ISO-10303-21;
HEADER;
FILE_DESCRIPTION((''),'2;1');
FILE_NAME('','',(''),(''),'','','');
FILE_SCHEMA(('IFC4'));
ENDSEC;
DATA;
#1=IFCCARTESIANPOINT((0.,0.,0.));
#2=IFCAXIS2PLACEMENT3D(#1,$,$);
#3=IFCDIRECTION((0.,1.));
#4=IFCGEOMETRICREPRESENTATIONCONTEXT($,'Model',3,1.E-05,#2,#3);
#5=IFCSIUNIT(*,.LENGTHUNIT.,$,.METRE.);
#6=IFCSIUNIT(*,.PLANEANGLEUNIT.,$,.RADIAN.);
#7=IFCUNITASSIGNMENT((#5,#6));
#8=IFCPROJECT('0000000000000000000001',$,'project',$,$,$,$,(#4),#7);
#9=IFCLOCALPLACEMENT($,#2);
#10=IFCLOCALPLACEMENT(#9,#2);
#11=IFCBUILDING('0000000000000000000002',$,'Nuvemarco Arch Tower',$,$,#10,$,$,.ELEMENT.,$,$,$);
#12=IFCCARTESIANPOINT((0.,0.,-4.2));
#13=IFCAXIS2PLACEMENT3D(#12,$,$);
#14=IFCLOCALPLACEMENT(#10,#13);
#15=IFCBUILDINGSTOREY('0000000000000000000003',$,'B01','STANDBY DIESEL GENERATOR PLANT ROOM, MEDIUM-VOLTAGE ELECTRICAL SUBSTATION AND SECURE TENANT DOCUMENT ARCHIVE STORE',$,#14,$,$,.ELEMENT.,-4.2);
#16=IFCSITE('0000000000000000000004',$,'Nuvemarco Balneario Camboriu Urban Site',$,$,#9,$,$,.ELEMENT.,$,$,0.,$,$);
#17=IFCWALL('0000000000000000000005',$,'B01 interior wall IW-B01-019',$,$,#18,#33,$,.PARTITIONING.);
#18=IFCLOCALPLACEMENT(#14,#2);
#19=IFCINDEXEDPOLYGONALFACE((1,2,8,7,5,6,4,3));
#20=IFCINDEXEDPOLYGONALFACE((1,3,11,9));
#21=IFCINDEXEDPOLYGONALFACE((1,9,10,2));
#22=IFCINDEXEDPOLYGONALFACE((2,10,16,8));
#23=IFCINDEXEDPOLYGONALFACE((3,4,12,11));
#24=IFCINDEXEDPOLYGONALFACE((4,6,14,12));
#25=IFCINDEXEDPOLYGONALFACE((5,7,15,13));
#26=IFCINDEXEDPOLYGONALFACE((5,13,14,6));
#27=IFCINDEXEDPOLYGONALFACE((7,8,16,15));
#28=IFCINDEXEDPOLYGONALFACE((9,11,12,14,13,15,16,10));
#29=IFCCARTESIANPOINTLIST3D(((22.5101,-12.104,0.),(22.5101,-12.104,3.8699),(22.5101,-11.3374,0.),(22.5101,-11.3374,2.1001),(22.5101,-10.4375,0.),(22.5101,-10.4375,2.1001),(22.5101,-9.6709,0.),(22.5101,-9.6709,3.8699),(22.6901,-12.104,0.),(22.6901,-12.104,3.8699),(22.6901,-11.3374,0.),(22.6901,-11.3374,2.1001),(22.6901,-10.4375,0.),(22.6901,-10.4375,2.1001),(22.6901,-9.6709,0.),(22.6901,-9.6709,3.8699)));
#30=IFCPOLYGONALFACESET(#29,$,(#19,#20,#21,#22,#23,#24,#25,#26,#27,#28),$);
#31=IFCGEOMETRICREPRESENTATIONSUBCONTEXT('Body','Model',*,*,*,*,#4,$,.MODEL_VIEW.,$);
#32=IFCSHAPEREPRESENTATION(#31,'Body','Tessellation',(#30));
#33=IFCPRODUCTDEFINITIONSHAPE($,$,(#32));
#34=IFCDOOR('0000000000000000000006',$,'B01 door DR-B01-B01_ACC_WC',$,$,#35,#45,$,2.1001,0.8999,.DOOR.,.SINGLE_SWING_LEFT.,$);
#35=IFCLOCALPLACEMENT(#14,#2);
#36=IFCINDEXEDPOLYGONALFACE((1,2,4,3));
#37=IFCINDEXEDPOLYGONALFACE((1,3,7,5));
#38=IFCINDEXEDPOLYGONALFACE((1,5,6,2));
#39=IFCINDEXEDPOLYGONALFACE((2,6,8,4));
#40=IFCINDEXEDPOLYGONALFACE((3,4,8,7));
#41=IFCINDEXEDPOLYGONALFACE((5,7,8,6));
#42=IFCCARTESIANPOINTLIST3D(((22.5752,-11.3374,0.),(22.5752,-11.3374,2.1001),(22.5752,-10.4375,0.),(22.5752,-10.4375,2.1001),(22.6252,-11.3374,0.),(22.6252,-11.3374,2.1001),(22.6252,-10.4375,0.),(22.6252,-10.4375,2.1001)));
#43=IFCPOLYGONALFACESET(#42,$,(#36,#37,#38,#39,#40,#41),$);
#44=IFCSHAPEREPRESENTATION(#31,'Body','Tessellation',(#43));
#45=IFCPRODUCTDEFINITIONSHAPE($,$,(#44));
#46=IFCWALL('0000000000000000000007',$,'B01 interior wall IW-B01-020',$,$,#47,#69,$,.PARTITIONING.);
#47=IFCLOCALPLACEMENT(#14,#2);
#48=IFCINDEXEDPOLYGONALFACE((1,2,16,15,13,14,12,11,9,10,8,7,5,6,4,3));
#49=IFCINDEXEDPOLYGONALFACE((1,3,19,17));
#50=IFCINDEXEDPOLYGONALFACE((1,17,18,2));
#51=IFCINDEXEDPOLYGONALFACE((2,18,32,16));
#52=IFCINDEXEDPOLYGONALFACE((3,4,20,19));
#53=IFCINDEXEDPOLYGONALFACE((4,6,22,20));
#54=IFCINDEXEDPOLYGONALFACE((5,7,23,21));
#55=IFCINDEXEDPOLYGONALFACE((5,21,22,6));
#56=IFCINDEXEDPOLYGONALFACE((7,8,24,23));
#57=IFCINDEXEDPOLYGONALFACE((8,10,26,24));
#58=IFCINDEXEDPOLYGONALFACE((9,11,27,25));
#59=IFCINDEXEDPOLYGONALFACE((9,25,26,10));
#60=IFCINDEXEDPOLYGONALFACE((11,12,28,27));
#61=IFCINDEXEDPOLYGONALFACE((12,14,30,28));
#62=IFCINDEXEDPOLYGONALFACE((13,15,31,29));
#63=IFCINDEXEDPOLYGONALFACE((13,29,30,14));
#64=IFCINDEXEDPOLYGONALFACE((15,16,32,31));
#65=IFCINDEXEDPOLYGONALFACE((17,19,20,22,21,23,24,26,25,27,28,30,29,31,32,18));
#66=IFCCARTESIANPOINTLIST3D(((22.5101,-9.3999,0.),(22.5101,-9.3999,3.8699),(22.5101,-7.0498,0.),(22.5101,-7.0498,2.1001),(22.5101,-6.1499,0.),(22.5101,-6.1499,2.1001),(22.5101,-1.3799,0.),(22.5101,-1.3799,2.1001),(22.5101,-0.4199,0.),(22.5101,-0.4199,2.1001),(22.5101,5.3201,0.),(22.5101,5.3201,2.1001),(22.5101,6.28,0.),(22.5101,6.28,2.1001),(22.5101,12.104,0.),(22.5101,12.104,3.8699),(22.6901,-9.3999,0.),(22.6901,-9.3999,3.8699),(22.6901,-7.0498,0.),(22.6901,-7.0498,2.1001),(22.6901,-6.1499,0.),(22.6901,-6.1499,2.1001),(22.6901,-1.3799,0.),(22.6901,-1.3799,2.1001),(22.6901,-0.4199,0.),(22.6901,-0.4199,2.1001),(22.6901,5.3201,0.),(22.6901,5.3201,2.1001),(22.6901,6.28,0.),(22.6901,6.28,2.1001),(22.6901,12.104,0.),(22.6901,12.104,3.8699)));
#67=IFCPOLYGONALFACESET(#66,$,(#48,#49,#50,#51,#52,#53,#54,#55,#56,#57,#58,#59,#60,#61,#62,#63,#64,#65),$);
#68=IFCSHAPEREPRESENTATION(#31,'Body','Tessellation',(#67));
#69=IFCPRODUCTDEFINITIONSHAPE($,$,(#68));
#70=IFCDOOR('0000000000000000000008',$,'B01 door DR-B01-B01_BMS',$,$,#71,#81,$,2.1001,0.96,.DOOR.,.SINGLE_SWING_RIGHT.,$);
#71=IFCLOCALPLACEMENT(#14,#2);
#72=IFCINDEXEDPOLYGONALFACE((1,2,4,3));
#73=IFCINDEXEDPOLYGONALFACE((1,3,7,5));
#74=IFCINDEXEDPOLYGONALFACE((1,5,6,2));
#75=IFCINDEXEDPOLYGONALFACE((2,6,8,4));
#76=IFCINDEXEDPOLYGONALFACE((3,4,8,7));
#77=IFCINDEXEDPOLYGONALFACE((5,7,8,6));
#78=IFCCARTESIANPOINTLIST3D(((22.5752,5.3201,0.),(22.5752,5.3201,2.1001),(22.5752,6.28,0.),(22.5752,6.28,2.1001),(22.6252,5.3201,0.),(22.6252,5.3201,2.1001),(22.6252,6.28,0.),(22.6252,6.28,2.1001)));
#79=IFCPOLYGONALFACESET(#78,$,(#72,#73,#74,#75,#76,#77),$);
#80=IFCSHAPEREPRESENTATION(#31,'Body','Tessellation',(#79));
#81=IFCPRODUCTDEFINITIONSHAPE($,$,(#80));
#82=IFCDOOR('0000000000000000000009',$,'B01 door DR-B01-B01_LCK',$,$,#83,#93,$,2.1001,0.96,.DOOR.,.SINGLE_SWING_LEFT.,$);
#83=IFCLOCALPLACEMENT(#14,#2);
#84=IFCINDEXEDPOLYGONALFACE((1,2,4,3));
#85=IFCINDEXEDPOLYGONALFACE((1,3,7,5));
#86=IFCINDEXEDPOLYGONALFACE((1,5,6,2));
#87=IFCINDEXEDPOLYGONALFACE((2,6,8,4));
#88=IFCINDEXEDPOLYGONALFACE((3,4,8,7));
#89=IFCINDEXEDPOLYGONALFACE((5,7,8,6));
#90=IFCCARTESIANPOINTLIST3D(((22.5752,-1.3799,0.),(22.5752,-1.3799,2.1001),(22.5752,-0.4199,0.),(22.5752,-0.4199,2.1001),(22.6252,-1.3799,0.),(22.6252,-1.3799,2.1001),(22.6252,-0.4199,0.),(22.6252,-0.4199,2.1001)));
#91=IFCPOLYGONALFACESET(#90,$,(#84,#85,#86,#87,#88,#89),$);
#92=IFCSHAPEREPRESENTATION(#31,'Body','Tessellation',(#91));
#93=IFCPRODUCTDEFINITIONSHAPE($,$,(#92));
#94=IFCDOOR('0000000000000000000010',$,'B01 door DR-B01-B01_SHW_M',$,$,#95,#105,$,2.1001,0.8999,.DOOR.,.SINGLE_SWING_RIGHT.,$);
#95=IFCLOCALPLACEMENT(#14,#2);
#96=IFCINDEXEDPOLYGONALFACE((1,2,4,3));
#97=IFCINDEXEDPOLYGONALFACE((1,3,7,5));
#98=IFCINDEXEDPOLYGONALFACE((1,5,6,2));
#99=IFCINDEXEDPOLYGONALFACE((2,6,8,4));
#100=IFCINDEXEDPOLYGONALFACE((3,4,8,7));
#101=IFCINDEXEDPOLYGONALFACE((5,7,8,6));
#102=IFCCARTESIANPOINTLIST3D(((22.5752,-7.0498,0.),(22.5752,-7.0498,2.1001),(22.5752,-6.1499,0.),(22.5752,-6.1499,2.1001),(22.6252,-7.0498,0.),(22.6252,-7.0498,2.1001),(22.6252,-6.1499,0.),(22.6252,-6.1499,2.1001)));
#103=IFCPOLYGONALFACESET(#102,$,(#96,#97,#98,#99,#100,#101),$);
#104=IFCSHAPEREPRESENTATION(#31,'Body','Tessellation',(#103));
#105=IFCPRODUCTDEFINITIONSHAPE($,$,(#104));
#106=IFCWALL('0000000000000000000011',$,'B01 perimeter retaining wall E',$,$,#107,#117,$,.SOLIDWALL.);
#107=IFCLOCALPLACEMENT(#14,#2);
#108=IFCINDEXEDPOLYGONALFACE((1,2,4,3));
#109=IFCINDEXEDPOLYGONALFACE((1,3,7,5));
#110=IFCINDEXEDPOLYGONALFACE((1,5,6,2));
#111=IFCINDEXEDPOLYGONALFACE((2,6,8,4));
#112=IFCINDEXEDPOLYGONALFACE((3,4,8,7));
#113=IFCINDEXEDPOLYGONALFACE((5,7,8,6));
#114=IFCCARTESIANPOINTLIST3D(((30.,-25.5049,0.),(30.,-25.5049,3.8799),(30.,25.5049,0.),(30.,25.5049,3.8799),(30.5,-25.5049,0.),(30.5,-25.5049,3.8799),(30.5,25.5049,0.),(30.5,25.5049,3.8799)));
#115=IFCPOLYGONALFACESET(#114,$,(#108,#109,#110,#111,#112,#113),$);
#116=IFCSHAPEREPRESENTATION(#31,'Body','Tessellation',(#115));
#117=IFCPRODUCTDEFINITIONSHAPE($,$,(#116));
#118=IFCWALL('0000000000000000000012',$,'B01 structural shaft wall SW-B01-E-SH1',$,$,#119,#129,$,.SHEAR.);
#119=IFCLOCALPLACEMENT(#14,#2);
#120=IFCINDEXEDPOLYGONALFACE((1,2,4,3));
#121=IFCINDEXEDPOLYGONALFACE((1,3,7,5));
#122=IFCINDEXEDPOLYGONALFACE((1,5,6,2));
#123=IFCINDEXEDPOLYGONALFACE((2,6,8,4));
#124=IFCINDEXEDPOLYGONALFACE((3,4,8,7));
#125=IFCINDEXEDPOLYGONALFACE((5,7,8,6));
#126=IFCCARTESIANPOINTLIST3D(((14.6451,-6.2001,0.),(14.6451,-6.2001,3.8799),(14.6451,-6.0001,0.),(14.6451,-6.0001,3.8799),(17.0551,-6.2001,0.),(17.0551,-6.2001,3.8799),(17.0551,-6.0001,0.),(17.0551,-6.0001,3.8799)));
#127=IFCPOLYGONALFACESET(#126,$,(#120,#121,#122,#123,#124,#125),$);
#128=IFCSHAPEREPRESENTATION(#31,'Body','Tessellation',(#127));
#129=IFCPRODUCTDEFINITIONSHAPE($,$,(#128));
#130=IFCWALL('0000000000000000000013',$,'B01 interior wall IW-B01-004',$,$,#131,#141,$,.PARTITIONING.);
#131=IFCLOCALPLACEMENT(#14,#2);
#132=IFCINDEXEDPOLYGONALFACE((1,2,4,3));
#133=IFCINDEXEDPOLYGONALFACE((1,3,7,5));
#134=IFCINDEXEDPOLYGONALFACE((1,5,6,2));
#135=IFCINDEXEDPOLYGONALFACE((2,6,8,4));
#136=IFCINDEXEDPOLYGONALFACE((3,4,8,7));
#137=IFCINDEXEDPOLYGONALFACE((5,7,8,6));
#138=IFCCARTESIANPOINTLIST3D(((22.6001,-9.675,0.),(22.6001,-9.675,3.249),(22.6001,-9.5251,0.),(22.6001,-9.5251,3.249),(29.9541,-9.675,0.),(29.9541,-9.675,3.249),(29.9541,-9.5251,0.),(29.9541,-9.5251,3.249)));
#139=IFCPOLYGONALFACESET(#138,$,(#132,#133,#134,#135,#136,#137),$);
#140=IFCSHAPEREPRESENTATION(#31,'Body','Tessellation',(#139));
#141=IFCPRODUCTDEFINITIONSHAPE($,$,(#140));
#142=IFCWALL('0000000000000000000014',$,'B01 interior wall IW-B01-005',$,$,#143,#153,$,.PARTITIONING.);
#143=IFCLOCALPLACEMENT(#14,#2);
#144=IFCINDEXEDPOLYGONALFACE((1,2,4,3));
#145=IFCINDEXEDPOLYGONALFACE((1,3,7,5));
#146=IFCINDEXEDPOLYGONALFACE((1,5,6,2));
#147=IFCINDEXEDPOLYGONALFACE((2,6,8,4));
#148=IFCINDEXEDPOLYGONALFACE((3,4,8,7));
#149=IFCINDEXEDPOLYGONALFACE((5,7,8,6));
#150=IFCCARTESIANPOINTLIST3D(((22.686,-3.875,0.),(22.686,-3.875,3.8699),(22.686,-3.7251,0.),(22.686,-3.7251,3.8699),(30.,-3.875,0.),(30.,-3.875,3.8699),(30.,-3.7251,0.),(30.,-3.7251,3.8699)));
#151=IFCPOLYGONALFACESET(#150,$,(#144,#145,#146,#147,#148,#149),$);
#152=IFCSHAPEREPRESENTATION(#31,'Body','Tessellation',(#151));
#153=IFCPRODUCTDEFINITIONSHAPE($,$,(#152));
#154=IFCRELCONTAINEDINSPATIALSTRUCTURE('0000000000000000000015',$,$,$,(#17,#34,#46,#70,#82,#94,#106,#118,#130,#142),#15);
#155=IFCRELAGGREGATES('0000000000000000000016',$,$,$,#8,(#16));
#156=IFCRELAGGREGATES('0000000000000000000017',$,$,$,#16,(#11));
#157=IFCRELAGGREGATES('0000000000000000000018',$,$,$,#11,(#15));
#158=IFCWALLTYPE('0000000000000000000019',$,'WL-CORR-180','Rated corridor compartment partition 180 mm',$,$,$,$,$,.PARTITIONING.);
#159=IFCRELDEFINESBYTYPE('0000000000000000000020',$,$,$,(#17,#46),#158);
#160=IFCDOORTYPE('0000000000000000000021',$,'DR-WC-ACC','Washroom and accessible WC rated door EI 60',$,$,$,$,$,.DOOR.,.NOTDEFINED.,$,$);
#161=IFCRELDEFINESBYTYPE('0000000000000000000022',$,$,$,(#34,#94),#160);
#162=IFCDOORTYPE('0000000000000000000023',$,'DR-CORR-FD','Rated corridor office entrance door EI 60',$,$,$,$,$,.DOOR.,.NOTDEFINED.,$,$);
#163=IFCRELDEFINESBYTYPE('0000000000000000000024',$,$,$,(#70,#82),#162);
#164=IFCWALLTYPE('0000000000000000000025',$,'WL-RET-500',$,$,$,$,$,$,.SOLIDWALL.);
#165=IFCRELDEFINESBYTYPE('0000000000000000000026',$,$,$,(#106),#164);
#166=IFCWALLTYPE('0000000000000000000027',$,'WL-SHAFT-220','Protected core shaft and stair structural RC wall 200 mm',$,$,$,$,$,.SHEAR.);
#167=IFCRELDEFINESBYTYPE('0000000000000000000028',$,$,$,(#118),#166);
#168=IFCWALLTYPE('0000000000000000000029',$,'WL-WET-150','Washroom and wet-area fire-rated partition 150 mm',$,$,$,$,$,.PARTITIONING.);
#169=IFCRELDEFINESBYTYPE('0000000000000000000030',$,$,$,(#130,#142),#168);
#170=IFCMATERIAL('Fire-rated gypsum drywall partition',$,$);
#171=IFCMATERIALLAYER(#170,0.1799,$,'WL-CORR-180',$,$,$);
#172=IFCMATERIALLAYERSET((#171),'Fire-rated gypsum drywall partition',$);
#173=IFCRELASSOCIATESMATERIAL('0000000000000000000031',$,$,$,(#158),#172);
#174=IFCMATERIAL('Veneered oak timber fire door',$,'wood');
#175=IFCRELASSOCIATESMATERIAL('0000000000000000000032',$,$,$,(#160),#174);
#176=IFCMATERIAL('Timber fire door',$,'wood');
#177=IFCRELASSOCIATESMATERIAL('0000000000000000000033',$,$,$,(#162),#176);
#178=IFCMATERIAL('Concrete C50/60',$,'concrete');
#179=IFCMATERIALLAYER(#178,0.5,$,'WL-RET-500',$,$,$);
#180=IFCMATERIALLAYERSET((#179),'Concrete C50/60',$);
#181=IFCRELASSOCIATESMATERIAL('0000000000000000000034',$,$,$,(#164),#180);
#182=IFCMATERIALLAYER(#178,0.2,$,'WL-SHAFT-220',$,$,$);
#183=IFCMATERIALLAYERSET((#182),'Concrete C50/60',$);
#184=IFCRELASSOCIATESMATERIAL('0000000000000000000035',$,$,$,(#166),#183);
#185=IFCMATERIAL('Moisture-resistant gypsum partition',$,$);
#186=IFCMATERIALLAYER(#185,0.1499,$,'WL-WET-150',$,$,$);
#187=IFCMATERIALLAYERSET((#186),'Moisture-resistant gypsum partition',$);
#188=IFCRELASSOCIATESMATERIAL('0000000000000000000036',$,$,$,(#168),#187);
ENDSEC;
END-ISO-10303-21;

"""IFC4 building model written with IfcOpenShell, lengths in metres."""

from ifc_helpers import new_model, si_unit, direction, frame, frame_2d, origin, place, context, subcontext, project, spatial, rectangle, extrude, source, transform, mapped, material, layer, layer_set, type_object, type_shapes, element, fill, save


model = new_model("IFC4")

# Units and contexts
model_context = context("Model", 3, precision=1e-05, world=origin(), true_north=direction((0.0, 1.0)))
body_context = subcontext(model_context, "Body", "Model", "MODEL_VIEW")
ifc_project = project(units=[si_unit("LENGTHUNIT", "METRE"), si_unit("PLANEANGLEUNIT", "RADIAN")], contexts=[model_context])

# Site, building, storey
site_placement = place(None, origin())
site = spatial("IfcSite", under=ifc_project, at=site_placement, Name="Nuvemarco Balneario Camboriu Urban Site", CompositionType="ELEMENT", RefElevation=0.0)
building_placement = place(site_placement, origin())
building = spatial("IfcBuilding", under=site, at=building_placement, Name="Nuvemarco Arch Tower", CompositionType="ELEMENT")
storey_placement = place(building_placement, frame((0.0, 0.0, -4.2)))
storey = spatial("IfcBuildingStorey", under=building, at=storey_placement, Name="B01", Description="STANDBY DIESEL GENERATOR PLANT ROOM, MEDIUM-VOLTAGE ELECTRICAL SUBSTATION AND SECURE TENANT DOCUMENT ARCHIVE STORE", CompositionType="ELEMENT", Elevation=-4.2)

# Shared definitions
ifc_material_1 = material(Name="Concrete C50/60", Category="concrete")

# Wall, opening, door
ifc_material_2 = material(Name="Fire-rated gypsum drywall partition")
ifc_layer_1 = layer(ifc_material_2, 0.1799, Name="WL-CORR-180")
ifc_layer_set_1 = layer_set([ifc_layer_1], Name="Fire-rated gypsum drywall partition")
wall_type_1 = type_object("IfcWallType", Name="WL-CORR-180", Description="Rated corridor compartment partition 180 mm", PredefinedType="PARTITIONING", material=ifc_layer_set_1)
wall_1_placement = place(storey_placement, frame((22.6001, -12.104, 0.0), z_axis=(0.0, 0.0, 1.0), x_axis=(0.0, 1.0, 0.0)))
wall_1 = element("IfcWall", 1, at=wall_1_placement, inside=storey, type_object=wall_type_1, Name="B01 interior wall IW-B01-019", PredefinedType="PARTITIONING", context=body_context, shape_type="SweptSolid", body=[
    extrude(rectangle(XDim=2.4331, YDim=0.1799, at=frame_2d((1.2166, 0.0))), origin(), (0.0, 0.0, 1.0), 3.8699),
])
opening_1_placement = place(wall_1_placement, frame((0.7666, 0.0, 0.0)))
opening_1 = element("IfcOpeningElement", 2, at=opening_1_placement, cuts=wall_1, PredefinedType="OPENING", context=body_context, shape_type="SweptSolid", body=[
    extrude(rectangle(XDim=0.8999, YDim=2.1001, at=frame_2d((0.45, 1.05))), frame((0.0, 0.0999, 0.0), z_axis=(0.0, -1.0, 0.0), x_axis=(1.0, 0.0, 0.0)), (0.0, 0.0, 1.0), 0.2),
])
ifc_material_3 = material(Name="Veneered oak timber fire door", Category="wood")
door_type_1 = type_object("IfcDoorType", Name="DR-WC-ACC", Description="Washroom and accessible WC rated door EI 60", OperationType="NOTDEFINED", PredefinedType="DOOR", material=ifc_material_3)
shared_shape_1 = source(origin(), body_context, "Body", "SweptSolid", [
    extrude(rectangle(XDim=0.8999, YDim=2.1001, at=frame_2d((0.45, 1.05))), frame((0.0, 0.0249, 0.0), z_axis=(0.0, -1.0, 0.0), x_axis=(1.0, 0.0, 0.0)), (0.0, 0.0, 1.0), 0.05),
])
type_shapes(door_type_1, [shared_shape_1])
door_1_placement = place(opening_1_placement, origin())
door_1 = element("IfcDoor", 3, at=door_1_placement, inside=storey, type_object=door_type_1, Name="B01 door DR-B01-B01_ACC_WC", OperationType="SINGLE_SWING_LEFT", OverallHeight=2.1001, OverallWidth=0.8999, PredefinedType="DOOR", context=body_context, shape_type="MappedRepresentation", body=[
    mapped(shared_shape_1, transform((0.0, 0.0, 0.0), scale=1.0)),
])
fill(opening_1, door_1)

# Wall, openings, doors
wall_2_placement = place(storey_placement, frame((22.6001, -9.3999, 0.0), z_axis=(0.0, 0.0, 1.0), x_axis=(0.0, 1.0, 0.0)))
wall_2 = element("IfcWall", 4, at=wall_2_placement, inside=storey, type_object=wall_type_1, Name="B01 interior wall IW-B01-020", PredefinedType="PARTITIONING", context=body_context, shape_type="SweptSolid", body=[
    extrude(rectangle(XDim=21.5039, YDim=0.1799, at=frame_2d((10.752, 0.0))), origin(), (0.0, 0.0, 1.0), 3.8699),
])
opening_2_placement = place(wall_2_placement, frame((14.72, 0.0, 0.0)))
opening_2 = element("IfcOpeningElement", 5, at=opening_2_placement, cuts=wall_2, PredefinedType="OPENING", context=body_context, shape_type="SweptSolid", body=[
    extrude(rectangle(XDim=0.96, YDim=2.1001, at=frame_2d((0.48, 1.05))), frame((0.0, 0.0999, 0.0), z_axis=(0.0, -1.0, 0.0), x_axis=(1.0, 0.0, 0.0)), (0.0, 0.0, 1.0), 0.2),
])
opening_3_placement = place(wall_2_placement, frame((8.02, 0.0, 0.0)))
opening_3 = element("IfcOpeningElement", 6, at=opening_3_placement, cuts=wall_2, PredefinedType="OPENING", context=body_context, shape_type="SweptSolid", body=[
    extrude(rectangle(XDim=0.96, YDim=2.1001, at=frame_2d((0.48, 1.05))), frame((0.0, 0.0999, 0.0), z_axis=(0.0, -1.0, 0.0), x_axis=(1.0, 0.0, 0.0)), (0.0, 0.0, 1.0), 0.2),
])
opening_4_placement = place(wall_2_placement, frame((2.3501, 0.0, 0.0)))
opening_4 = element("IfcOpeningElement", 7, at=opening_4_placement, cuts=wall_2, PredefinedType="OPENING", context=body_context, shape_type="SweptSolid", body=[
    extrude(rectangle(XDim=0.8999, YDim=2.1001, at=frame_2d((0.45, 1.05))), frame((0.0, 0.0999, 0.0), z_axis=(0.0, -1.0, 0.0), x_axis=(1.0, 0.0, 0.0)), (0.0, 0.0, 1.0), 0.2),
])
ifc_material_4 = material(Name="Timber fire door", Category="wood")
door_type_2 = type_object("IfcDoorType", Name="DR-CORR-FD", Description="Rated corridor office entrance door EI 60", OperationType="NOTDEFINED", PredefinedType="DOOR", material=ifc_material_4)
shared_shape_2 = source(origin(), body_context, "Body", "SweptSolid", [
    extrude(rectangle(XDim=0.96, YDim=2.1001, at=frame_2d((0.48, 1.05))), frame((0.0, 0.0249, 0.0), z_axis=(0.0, -1.0, 0.0), x_axis=(1.0, 0.0, 0.0)), (0.0, 0.0, 1.0), 0.05),
])
type_shapes(door_type_2, [shared_shape_2])
door_2_placement = place(opening_2_placement, origin())
door_2 = element("IfcDoor", 8, at=door_2_placement, inside=storey, type_object=door_type_2, Name="B01 door DR-B01-B01_BMS", OperationType="SINGLE_SWING_RIGHT", OverallHeight=2.1001, OverallWidth=0.96, PredefinedType="DOOR", context=body_context, shape_type="MappedRepresentation", body=[
    mapped(shared_shape_2, transform((0.0, 0.0, 0.0), scale=1.0)),
])
fill(opening_2, door_2)
door_3_placement = place(opening_3_placement, origin())
door_3 = element("IfcDoor", 9, at=door_3_placement, inside=storey, type_object=door_type_2, Name="B01 door DR-B01-B01_LCK", OperationType="SINGLE_SWING_LEFT", OverallHeight=2.1001, OverallWidth=0.96, PredefinedType="DOOR", context=body_context, shape_type="MappedRepresentation", body=[
    mapped(shared_shape_2, transform((0.0, 0.0, 0.0), scale=1.0)),
])
fill(opening_3, door_3)
door_4_placement = place(opening_4_placement, origin())
door_4 = element("IfcDoor", 10, at=door_4_placement, inside=storey, type_object=door_type_1, Name="B01 door DR-B01-B01_SHW_M", OperationType="SINGLE_SWING_RIGHT", OverallHeight=2.1001, OverallWidth=0.8999, PredefinedType="DOOR", context=body_context, shape_type="MappedRepresentation", body=[
    mapped(shared_shape_1, transform((0.0, 0.0, 0.0), scale=1.0)),
])
fill(opening_4, door_4)

# Walls
ifc_layer_2 = layer(ifc_material_1, 0.5, Name="WL-RET-500")
ifc_layer_set_2 = layer_set([ifc_layer_2], Name="Concrete C50/60")
wall_type_2 = type_object("IfcWallType", Name="WL-RET-500", PredefinedType="SOLIDWALL", material=ifc_layer_set_2)
wall_3_placement = place(storey_placement, frame((30.25, -25.5049, 0.0), z_axis=(0.0, 0.0, 1.0), x_axis=(0.0, 1.0, 0.0)))
element("IfcWall", 11, at=wall_3_placement, inside=storey, type_object=wall_type_2, Name="B01 perimeter retaining wall E", PredefinedType="SOLIDWALL", context=body_context, shape_type="SweptSolid", body=[
    extrude(rectangle(XDim=51.0098, YDim=0.5, at=frame_2d((25.5049, 0.0))), origin(), (0.0, 0.0, 1.0), 3.8799),
])
ifc_layer_3 = layer(ifc_material_1, 0.2, Name="WL-SHAFT-220")
ifc_layer_set_3 = layer_set([ifc_layer_3], Name="Concrete C50/60")
wall_type_3 = type_object("IfcWallType", Name="WL-SHAFT-220", Description="Protected core shaft and stair structural RC wall 200 mm", PredefinedType="SHEAR", material=ifc_layer_set_3)
wall_4_placement = place(storey_placement, frame((14.645, -6.1001, 0.0), z_axis=(0.0, 0.0, 1.0), x_axis=(1.0, 0.0, 0.0)))
element("IfcWall", 12, at=wall_4_placement, inside=storey, type_object=wall_type_3, Name="B01 structural shaft wall SW-B01-E-SH1", PredefinedType="SHEAR", context=body_context, shape_type="SweptSolid", body=[
    extrude(rectangle(XDim=2.4099, YDim=0.2, at=frame_2d((1.2051, 0.0))), origin(), (0.0, 0.0, 1.0), 3.8799),
])
ifc_material_5 = material(Name="Moisture-resistant gypsum partition")
ifc_layer_4 = layer(ifc_material_5, 0.1499, Name="WL-WET-150")
ifc_layer_set_4 = layer_set([ifc_layer_4], Name="Moisture-resistant gypsum partition")
wall_type_4 = type_object("IfcWallType", Name="WL-WET-150", Description="Washroom and wet-area fire-rated partition 150 mm", PredefinedType="PARTITIONING", material=ifc_layer_set_4)
wall_5_placement = place(storey_placement, frame((22.6001, -9.6001, 0.0), z_axis=(0.0, 0.0, 1.0), x_axis=(1.0, 0.0, 0.0)))
element("IfcWall", 13, at=wall_5_placement, inside=storey, type_object=wall_type_4, Name="B01 interior wall IW-B01-004", PredefinedType="PARTITIONING", context=body_context, shape_type="SweptSolid", body=[
    extrude(rectangle(XDim=7.354, YDim=0.1499, at=frame_2d((3.677, 0.0))), origin(), (0.0, 0.0, 1.0), 3.249),
])
wall_6_placement = place(storey_placement, frame((22.686, -3.8, 0.0), z_axis=(0.0, 0.0, 1.0), x_axis=(1.0, 0.0, 0.0)))
element("IfcWall", 14, at=wall_6_placement, inside=storey, type_object=wall_type_4, Name="B01 interior wall IW-B01-005", PredefinedType="PARTITIONING", context=body_context, shape_type="SweptSolid", body=[
    extrude(rectangle(XDim=7.314, YDim=0.1499, at=frame_2d((3.657, 0.0))), origin(), (0.0, 0.0, 1.0), 3.8699),
])

save(model, "model.ifc")
